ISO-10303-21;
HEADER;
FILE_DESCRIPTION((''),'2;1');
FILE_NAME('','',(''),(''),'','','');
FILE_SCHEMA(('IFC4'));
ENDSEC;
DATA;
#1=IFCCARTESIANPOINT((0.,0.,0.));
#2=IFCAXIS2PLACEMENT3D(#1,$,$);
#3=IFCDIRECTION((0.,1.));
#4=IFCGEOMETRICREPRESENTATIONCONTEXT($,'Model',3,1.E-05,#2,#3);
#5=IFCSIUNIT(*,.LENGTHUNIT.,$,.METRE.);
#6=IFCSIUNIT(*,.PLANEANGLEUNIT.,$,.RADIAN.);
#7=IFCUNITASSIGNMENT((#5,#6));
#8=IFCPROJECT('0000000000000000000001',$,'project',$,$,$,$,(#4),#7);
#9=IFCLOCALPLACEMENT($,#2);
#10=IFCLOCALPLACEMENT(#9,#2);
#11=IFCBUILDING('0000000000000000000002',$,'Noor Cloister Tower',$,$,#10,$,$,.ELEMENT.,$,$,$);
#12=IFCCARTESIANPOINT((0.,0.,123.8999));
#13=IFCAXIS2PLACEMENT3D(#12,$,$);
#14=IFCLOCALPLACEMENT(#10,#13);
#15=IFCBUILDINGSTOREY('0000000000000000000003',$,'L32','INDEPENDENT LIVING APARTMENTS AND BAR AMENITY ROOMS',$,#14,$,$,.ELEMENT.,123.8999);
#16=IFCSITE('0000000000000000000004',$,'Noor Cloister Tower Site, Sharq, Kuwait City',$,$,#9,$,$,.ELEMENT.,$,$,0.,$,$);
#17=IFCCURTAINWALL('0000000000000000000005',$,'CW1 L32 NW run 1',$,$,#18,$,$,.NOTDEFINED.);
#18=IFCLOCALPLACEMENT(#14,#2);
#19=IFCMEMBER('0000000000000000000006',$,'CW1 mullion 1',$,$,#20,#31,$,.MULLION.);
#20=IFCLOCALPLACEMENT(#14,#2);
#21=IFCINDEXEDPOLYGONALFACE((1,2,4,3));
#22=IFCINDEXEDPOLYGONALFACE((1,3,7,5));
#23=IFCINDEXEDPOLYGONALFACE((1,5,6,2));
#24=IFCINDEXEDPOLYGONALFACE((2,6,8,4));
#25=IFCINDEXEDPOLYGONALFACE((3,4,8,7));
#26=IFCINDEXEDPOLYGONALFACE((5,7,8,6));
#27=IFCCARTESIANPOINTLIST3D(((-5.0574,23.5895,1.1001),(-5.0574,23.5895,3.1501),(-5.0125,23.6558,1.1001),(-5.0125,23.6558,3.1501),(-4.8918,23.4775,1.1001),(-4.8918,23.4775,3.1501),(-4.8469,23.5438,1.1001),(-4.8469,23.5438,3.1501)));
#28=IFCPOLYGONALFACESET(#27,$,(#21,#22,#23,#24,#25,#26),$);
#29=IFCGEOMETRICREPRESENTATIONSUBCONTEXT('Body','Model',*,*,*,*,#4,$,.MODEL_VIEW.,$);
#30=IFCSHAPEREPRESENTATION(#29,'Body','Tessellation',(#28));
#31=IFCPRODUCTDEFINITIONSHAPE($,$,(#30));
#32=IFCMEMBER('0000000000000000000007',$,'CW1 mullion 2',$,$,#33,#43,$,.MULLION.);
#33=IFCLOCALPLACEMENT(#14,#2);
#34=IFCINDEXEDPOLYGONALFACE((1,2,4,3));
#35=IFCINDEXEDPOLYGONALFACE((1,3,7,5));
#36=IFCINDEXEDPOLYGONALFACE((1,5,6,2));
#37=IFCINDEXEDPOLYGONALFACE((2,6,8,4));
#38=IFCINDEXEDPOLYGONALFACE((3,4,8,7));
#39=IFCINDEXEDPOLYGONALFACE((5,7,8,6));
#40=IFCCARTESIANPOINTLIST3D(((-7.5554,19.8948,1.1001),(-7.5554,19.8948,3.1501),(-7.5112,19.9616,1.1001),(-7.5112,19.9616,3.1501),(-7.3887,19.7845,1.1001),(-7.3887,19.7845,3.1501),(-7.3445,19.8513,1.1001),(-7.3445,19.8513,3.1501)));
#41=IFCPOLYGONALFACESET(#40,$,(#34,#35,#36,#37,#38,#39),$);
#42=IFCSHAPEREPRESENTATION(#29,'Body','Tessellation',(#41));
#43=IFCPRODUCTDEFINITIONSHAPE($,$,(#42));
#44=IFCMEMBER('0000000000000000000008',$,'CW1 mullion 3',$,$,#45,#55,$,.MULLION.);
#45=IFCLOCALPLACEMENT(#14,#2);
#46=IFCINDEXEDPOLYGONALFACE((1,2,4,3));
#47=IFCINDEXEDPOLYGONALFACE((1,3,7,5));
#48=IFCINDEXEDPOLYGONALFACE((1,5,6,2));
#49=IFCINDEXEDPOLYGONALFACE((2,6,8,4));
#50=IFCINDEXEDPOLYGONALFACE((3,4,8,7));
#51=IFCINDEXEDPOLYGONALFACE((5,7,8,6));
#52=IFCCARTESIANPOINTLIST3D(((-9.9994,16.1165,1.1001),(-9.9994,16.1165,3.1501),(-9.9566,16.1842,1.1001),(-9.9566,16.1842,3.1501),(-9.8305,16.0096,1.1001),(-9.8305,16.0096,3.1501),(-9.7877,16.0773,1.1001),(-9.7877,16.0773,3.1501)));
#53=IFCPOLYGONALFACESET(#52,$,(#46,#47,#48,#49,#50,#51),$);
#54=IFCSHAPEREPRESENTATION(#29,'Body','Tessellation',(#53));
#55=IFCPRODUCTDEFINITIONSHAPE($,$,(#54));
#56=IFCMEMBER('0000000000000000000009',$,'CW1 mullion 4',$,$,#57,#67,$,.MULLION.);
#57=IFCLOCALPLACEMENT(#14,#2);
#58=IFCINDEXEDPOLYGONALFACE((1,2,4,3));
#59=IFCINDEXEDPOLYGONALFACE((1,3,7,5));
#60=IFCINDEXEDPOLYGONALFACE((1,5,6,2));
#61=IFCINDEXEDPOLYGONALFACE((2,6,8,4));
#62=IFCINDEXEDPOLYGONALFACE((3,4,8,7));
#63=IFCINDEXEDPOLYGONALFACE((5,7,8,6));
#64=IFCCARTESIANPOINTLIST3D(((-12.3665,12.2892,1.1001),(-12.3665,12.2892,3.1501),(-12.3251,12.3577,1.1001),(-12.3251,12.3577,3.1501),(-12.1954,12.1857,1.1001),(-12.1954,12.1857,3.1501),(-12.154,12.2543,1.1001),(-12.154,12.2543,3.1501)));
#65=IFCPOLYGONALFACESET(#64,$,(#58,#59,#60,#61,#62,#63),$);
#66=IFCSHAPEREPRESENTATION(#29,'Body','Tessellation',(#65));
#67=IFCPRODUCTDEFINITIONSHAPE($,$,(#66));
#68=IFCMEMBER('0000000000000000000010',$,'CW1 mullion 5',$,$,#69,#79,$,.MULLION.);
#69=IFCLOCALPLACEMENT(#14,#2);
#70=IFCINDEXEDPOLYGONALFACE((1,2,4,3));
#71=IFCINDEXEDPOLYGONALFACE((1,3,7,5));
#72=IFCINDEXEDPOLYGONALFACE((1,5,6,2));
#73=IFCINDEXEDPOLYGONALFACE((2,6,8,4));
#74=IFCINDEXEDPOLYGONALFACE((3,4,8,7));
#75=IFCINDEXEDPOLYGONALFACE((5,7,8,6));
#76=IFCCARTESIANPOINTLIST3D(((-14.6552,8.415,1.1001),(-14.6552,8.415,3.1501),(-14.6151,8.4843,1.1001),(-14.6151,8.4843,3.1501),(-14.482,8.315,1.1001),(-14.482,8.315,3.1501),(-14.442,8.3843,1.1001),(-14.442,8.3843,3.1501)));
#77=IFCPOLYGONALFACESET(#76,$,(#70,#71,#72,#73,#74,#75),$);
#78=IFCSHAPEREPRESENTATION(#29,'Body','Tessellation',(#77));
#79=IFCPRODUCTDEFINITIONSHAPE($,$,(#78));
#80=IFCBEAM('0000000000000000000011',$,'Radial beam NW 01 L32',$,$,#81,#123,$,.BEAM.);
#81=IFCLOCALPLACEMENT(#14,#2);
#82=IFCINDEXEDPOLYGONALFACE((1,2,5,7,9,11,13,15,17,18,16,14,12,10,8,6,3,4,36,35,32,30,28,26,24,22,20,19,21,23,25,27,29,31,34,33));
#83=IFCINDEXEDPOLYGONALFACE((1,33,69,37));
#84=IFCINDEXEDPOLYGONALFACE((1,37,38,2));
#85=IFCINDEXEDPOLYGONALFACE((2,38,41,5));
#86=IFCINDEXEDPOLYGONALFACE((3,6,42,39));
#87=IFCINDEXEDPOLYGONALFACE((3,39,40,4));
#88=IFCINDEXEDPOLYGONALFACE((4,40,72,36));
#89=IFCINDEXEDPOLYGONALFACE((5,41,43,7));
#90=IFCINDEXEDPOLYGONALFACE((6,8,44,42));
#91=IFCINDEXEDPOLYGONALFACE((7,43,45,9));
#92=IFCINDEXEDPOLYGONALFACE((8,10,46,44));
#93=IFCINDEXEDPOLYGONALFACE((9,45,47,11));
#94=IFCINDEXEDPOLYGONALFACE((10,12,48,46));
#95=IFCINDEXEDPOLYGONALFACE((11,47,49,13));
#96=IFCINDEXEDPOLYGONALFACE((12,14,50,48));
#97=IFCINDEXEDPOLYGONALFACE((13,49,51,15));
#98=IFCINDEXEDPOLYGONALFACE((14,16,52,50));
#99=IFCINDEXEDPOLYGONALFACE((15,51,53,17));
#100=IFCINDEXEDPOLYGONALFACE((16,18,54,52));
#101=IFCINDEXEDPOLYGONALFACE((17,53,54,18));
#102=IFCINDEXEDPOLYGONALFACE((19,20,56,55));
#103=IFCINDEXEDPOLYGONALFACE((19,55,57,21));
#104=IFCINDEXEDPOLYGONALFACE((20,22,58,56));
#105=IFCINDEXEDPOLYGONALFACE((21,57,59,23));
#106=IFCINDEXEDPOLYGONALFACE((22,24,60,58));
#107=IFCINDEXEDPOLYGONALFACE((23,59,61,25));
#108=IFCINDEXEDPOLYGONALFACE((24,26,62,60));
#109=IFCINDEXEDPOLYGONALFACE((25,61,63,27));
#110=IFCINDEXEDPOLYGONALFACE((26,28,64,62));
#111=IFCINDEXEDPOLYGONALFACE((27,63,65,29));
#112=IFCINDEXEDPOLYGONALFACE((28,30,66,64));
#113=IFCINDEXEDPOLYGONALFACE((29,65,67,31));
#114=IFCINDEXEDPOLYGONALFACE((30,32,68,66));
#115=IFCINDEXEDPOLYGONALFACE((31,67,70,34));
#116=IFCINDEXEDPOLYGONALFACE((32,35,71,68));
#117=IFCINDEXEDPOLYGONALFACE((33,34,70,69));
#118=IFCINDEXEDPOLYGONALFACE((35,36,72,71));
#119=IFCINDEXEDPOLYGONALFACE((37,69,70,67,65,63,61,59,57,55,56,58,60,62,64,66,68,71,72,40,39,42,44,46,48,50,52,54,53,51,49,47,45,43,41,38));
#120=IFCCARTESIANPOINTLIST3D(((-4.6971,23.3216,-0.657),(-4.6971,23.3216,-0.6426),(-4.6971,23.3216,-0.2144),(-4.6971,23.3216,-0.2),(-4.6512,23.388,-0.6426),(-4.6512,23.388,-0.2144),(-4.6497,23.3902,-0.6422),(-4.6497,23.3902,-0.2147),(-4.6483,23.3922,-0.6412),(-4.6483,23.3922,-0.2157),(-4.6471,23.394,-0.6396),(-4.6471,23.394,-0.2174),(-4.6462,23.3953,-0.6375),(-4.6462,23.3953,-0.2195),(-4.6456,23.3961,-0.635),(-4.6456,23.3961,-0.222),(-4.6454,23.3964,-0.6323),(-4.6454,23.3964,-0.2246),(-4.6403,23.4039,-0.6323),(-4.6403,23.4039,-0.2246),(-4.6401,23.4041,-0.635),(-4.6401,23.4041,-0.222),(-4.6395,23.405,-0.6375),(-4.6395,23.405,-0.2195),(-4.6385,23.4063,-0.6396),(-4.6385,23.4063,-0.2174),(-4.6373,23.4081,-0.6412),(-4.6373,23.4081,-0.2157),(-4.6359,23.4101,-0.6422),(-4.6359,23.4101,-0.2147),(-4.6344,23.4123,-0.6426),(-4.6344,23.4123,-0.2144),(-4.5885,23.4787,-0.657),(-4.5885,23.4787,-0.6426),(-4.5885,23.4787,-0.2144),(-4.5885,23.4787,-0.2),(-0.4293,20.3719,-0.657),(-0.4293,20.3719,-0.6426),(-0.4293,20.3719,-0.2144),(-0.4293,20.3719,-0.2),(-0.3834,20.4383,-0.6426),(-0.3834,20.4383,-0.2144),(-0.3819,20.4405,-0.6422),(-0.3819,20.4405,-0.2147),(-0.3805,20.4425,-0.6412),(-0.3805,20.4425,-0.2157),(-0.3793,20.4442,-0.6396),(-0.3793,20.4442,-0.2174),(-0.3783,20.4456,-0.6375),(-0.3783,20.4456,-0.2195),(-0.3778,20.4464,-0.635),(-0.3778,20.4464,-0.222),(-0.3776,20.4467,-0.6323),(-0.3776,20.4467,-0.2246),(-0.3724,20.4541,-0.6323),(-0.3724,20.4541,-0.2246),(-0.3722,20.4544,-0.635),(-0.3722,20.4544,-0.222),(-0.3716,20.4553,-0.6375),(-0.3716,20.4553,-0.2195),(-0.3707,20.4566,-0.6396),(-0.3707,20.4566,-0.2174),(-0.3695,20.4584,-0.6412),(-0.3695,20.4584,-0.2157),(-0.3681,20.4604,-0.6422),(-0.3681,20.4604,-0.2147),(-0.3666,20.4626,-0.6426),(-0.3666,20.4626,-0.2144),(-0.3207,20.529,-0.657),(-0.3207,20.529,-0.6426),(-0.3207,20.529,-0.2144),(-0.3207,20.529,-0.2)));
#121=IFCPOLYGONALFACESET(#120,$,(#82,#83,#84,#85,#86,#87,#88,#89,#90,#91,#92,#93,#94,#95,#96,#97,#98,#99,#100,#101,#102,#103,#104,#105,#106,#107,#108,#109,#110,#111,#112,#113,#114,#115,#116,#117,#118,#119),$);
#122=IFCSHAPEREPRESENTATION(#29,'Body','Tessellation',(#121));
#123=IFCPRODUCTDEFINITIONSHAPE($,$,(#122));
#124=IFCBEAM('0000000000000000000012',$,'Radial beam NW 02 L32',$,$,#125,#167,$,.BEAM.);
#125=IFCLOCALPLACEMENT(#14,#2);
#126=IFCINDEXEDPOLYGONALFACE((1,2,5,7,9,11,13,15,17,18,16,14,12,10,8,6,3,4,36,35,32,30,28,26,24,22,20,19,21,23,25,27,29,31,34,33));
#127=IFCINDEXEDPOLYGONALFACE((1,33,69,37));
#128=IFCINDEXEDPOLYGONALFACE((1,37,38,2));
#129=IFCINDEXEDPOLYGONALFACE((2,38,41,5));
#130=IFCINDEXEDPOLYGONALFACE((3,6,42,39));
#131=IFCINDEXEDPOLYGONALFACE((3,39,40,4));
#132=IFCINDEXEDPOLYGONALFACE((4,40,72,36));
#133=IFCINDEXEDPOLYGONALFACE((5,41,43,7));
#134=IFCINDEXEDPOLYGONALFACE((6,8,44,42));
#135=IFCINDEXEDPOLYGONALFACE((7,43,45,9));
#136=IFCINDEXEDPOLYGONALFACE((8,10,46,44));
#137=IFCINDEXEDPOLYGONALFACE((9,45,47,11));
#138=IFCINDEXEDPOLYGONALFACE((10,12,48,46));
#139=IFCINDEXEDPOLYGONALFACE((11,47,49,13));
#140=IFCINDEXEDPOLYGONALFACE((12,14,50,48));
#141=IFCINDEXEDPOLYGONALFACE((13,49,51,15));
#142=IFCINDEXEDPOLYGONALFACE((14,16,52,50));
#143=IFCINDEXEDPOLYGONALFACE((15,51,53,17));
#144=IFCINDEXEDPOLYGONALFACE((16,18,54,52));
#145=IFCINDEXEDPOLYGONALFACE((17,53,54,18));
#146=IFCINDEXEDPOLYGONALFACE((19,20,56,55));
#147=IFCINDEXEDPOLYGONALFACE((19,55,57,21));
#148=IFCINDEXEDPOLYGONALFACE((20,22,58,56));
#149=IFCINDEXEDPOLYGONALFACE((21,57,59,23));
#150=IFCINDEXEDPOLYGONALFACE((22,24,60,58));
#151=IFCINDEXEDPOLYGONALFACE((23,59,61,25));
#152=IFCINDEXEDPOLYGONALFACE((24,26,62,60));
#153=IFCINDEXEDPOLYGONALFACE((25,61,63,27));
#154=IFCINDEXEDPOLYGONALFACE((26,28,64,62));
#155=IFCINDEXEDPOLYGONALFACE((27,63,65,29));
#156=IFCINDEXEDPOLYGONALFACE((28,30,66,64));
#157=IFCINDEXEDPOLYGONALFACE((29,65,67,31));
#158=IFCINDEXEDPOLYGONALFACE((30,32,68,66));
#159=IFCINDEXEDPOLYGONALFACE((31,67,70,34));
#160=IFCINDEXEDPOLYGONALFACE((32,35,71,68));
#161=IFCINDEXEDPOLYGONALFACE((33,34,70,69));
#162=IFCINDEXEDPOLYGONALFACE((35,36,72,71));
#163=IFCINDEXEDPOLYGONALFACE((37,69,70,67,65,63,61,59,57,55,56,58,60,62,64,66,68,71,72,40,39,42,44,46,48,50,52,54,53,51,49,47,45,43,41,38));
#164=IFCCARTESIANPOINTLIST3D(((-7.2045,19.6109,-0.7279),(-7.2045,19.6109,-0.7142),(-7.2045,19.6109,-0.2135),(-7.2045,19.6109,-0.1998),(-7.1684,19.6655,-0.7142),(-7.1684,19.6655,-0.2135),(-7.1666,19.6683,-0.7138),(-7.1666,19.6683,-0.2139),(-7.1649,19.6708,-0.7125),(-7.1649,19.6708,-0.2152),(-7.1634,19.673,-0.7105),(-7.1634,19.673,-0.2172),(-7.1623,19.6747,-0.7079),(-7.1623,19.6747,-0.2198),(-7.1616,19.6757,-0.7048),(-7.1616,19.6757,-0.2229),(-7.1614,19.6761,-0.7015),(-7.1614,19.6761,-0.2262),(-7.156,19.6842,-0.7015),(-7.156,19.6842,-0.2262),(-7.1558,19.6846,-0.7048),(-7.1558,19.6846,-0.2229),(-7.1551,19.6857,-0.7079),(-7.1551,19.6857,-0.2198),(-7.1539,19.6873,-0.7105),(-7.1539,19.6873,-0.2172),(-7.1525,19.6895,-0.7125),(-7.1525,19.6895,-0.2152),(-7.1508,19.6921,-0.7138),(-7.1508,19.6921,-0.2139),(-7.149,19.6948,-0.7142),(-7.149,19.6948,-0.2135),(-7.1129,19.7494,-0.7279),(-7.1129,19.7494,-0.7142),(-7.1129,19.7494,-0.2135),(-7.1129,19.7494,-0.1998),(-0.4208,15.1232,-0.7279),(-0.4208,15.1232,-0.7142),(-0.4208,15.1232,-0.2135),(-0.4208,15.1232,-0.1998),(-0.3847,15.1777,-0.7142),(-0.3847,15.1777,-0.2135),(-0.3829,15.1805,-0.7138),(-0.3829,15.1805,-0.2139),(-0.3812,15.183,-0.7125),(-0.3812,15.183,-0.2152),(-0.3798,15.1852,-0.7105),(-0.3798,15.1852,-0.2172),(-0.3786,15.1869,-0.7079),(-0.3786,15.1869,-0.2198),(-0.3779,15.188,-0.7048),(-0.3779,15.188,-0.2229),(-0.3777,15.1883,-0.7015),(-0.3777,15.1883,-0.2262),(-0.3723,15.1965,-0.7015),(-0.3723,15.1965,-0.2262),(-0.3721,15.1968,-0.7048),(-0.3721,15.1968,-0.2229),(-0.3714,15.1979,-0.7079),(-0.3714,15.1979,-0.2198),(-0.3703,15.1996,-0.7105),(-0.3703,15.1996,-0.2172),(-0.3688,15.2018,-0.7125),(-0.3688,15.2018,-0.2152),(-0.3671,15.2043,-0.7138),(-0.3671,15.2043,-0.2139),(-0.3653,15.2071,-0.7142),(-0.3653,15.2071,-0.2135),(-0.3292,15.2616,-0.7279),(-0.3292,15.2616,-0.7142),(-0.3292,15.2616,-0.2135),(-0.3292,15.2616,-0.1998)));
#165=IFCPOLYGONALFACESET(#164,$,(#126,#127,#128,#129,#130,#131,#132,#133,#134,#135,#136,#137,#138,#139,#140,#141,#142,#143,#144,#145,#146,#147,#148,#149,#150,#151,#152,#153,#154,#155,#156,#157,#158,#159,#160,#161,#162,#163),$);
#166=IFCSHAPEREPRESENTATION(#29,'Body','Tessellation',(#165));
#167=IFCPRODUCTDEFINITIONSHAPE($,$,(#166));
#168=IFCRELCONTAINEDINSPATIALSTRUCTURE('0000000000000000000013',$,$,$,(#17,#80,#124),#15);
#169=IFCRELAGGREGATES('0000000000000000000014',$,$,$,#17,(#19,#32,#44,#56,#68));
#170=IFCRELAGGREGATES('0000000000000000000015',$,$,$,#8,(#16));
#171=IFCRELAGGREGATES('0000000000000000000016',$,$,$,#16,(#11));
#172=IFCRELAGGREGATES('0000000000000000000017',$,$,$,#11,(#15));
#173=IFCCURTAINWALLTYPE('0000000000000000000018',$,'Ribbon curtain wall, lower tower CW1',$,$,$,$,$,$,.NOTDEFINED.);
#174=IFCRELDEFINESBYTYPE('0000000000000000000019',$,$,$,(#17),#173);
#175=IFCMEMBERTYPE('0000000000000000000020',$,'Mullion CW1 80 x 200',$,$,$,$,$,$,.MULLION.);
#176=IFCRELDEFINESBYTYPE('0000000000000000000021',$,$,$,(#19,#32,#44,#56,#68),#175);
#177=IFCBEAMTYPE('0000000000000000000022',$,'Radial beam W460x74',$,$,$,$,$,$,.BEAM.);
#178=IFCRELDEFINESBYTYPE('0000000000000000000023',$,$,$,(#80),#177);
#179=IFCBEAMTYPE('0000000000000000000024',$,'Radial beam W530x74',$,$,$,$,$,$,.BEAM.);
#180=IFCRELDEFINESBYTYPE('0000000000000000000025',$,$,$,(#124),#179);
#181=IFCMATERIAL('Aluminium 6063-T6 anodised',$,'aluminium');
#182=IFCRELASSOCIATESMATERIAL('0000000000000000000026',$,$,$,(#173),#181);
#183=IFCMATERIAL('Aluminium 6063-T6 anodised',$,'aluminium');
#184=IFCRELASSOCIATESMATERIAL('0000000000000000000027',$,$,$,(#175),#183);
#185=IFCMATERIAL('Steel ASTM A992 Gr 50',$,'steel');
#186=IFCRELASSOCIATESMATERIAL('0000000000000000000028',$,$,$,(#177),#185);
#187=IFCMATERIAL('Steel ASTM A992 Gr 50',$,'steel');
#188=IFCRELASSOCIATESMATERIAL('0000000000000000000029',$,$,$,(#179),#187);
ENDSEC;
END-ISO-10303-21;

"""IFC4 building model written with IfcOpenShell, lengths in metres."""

from ifc_helpers import new_model, si_unit, direction, frame, origin, origin_2d, place, context, subcontext, project, spatial, rectangle, i_section, extrude, material, material_profile, profile_set, type_object, element, aggregate, save


model = new_model("IFC4")

# Units and contexts
model_context = context("Model", 3, precision=1e-05, world=origin(), true_north=direction((0.0, 1.0)))
body_context = subcontext(model_context, "Body", "Model", "MODEL_VIEW")
ifc_project = project(units=[si_unit("LENGTHUNIT", "METRE"), si_unit("PLANEANGLEUNIT", "RADIAN")], contexts=[model_context])

# Site, building, storey
site_placement = place(None, origin())
site = spatial("IfcSite", under=ifc_project, at=site_placement, Name="Noor Cloister Tower Site, Sharq, Kuwait City", CompositionType="ELEMENT", RefElevation=0.0)
building_placement = place(site_placement, origin())
building = spatial("IfcBuilding", under=site, at=building_placement, Name="Noor Cloister Tower", CompositionType="ELEMENT")
storey_placement = place(building_placement, frame((0.0, 0.0, 123.8999)))
storey = spatial("IfcBuildingStorey", under=building, at=storey_placement, Name="L32", Description="INDEPENDENT LIVING APARTMENTS AND BAR AMENITY ROOMS", CompositionType="ELEMENT", Elevation=123.8999)

# Curtain wall, members
ifc_material_1 = material(Name="Aluminium 6063-T6 anodised", Category="aluminium")
curtain_wall_type = type_object("IfcCurtainWallType", Name="Ribbon curtain wall, lower tower CW1", PredefinedType="NOTDEFINED", material=ifc_material_1)
curtain_wall_placement = place(storey_placement, origin())
curtain_wall = element("IfcCurtainWall", 1, at=curtain_wall_placement, inside=storey, type_object=curtain_wall_type, Name="CW1 L32 NW run 1", PredefinedType="NOTDEFINED")
ifc_material_2 = material(Name="Aluminium 6063-T6 anodised", Category="aluminium")
ifc_material_profile_1 = material_profile(ifc_material_2, rectangle(XDim=0.2, YDim=0.0801, at=origin_2d()), Name="200 x 80 mullion")
ifc_profile_set_1 = profile_set([ifc_material_profile_1], Name="Aluminium 6063-T6 anodised")
member_type = type_object("IfcMemberType", Name="Mullion CW1 80 x 200", PredefinedType="MULLION", material=ifc_profile_set_1)
member_1_placement = place(storey_placement, frame((-4.9521, 23.5667, 1.1001), z_axis=(0.0, 0.0, 1.0), x_axis=(0.828356, -0.560203, 0.0)))
member_1 = element("IfcMember", 2, at=member_1_placement, type_object=member_type, Name="CW1 mullion 1", PredefinedType="MULLION", context=body_context, shape_type="SweptSolid", body=[
    extrude(rectangle(XDim=0.2, YDim=0.0801, at=origin_2d()), origin(), (0.0, 0.0, 1.0), 2.05),
])
member_2_placement = place(storey_placement, frame((-7.45, 19.873, 1.1001), z_axis=(0.0, 0.0, 1.0), x_axis=(0.833997, -0.551768, 0.0)))
member_2 = element("IfcMember", 3, at=member_2_placement, type_object=member_type, Name="CW1 mullion 2", PredefinedType="MULLION", context=body_context, shape_type="SweptSolid", body=[
    extrude(rectangle(XDim=0.2, YDim=0.0801, at=origin_2d()), origin(), (0.0, 0.0, 1.0), 2.05),
])
member_3_placement = place(storey_placement, frame((-9.8936, 16.0969, 1.1001), z_axis=(0.0, 0.0, 1.0), x_axis=(0.845023, -0.53473, 0.0)))
member_3 = element("IfcMember", 4, at=member_3_placement, type_object=member_type, Name="CW1 mullion 3", PredefinedType="MULLION", context=body_context, shape_type="SweptSolid", body=[
    extrude(rectangle(XDim=0.2, YDim=0.0801, at=origin_2d()), origin(), (0.0, 0.0, 1.0), 2.05),
])
member_4_placement = place(storey_placement, frame((-12.2603, 12.2717, 1.1001), z_axis=(0.0, 0.0, 1.0), x_axis=(0.8557, -0.517472, 0.0)))
member_4 = element("IfcMember", 5, at=member_4_placement, type_object=member_type, Name="CW1 mullion 4", PredefinedType="MULLION", context=body_context, shape_type="SweptSolid", body=[
    extrude(rectangle(XDim=0.2, YDim=0.0801, at=origin_2d()), origin(), (0.0, 0.0, 1.0), 2.05),
])
member_5_placement = place(storey_placement, frame((-14.5486, 8.3997, 1.1001), z_axis=(0.0, 0.0, 1.0), x_axis=(0.866025, -0.5, 0.0)))
member_5 = element("IfcMember", 6, at=member_5_placement, type_object=member_type, Name="CW1 mullion 5", PredefinedType="MULLION", context=body_context, shape_type="SweptSolid", body=[
    extrude(rectangle(XDim=0.2, YDim=0.0801, at=origin_2d()), origin(), (0.0, 0.0, 1.0), 2.05),
])

# Beams
ifc_material_3 = material(Name="Steel ASTM A992 Gr 50", Category="steel")
ifc_material_profile_2 = material_profile(ifc_material_3, i_section(OverallWidth=0.1909, OverallDepth=0.457, WebThickness=0.009, FlangeThickness=0.0144, FilletRadius=0.0103, at=origin_2d()), Name="W460x74")
ifc_profile_set_2 = profile_set([ifc_material_profile_2], Name="Steel ASTM A992 Gr 50")
beam_type_1 = type_object("IfcBeamType", Name="Radial beam W460x74", PredefinedType="BEAM", material=ifc_profile_set_2)
beam_1_placement = place(storey_placement, frame((-4.6428, 23.4001, -0.4285), z_axis=(0.822637, -0.568566, 0.0), x_axis=(0.568566, 0.822637, 0.0)))
element("IfcBeam", 7, at=beam_1_placement, inside=storey, type_object=beam_type_1, Name="Radial beam NW 01 L32", PredefinedType="BEAM", context=body_context, shape_type="SweptSolid", body=[
    extrude(i_section(OverallWidth=0.1909, OverallDepth=0.457, WebThickness=0.009, FlangeThickness=0.0144, FilletRadius=0.0103, at=origin_2d()), origin(), (0.0, 0.0, 1.0), 5.188),
])
ifc_material_4 = material(Name="Steel ASTM A992 Gr 50", Category="steel")
ifc_material_profile_3 = material_profile(ifc_material_4, i_section(OverallWidth=0.166, OverallDepth=0.5281, WebThickness=0.0098, FlangeThickness=0.0137, FilletRadius=0.0127, at=origin_2d()), Name="W530x74")
ifc_profile_set_3 = profile_set([ifc_material_profile_3], Name="Steel ASTM A992 Gr 50")
beam_type_2 = type_object("IfcBeamType", Name="Radial beam W530x74", PredefinedType="BEAM", material=ifc_profile_set_3)
beam_2_placement = place(storey_placement, frame((-7.1587, 19.6802, -0.4639), z_axis=(0.834012, -0.551746, 0.0), x_axis=(0.551746, 0.834012, 0.0)))
element("IfcBeam", 8, at=beam_2_placement, inside=storey, type_object=beam_type_2, Name="Radial beam NW 02 L32", PredefinedType="BEAM", context=body_context, shape_type="SweptSolid", body=[
    extrude(i_section(OverallWidth=0.166, OverallDepth=0.5281, WebThickness=0.0098, FlangeThickness=0.0137, FilletRadius=0.0127, at=origin_2d()), origin(), (0.0, 0.0, 1.0), 8.1338),
])

aggregate(curtain_wall, [member_1, member_2, member_3, member_4, member_5])

save(model, "model.ifc")
